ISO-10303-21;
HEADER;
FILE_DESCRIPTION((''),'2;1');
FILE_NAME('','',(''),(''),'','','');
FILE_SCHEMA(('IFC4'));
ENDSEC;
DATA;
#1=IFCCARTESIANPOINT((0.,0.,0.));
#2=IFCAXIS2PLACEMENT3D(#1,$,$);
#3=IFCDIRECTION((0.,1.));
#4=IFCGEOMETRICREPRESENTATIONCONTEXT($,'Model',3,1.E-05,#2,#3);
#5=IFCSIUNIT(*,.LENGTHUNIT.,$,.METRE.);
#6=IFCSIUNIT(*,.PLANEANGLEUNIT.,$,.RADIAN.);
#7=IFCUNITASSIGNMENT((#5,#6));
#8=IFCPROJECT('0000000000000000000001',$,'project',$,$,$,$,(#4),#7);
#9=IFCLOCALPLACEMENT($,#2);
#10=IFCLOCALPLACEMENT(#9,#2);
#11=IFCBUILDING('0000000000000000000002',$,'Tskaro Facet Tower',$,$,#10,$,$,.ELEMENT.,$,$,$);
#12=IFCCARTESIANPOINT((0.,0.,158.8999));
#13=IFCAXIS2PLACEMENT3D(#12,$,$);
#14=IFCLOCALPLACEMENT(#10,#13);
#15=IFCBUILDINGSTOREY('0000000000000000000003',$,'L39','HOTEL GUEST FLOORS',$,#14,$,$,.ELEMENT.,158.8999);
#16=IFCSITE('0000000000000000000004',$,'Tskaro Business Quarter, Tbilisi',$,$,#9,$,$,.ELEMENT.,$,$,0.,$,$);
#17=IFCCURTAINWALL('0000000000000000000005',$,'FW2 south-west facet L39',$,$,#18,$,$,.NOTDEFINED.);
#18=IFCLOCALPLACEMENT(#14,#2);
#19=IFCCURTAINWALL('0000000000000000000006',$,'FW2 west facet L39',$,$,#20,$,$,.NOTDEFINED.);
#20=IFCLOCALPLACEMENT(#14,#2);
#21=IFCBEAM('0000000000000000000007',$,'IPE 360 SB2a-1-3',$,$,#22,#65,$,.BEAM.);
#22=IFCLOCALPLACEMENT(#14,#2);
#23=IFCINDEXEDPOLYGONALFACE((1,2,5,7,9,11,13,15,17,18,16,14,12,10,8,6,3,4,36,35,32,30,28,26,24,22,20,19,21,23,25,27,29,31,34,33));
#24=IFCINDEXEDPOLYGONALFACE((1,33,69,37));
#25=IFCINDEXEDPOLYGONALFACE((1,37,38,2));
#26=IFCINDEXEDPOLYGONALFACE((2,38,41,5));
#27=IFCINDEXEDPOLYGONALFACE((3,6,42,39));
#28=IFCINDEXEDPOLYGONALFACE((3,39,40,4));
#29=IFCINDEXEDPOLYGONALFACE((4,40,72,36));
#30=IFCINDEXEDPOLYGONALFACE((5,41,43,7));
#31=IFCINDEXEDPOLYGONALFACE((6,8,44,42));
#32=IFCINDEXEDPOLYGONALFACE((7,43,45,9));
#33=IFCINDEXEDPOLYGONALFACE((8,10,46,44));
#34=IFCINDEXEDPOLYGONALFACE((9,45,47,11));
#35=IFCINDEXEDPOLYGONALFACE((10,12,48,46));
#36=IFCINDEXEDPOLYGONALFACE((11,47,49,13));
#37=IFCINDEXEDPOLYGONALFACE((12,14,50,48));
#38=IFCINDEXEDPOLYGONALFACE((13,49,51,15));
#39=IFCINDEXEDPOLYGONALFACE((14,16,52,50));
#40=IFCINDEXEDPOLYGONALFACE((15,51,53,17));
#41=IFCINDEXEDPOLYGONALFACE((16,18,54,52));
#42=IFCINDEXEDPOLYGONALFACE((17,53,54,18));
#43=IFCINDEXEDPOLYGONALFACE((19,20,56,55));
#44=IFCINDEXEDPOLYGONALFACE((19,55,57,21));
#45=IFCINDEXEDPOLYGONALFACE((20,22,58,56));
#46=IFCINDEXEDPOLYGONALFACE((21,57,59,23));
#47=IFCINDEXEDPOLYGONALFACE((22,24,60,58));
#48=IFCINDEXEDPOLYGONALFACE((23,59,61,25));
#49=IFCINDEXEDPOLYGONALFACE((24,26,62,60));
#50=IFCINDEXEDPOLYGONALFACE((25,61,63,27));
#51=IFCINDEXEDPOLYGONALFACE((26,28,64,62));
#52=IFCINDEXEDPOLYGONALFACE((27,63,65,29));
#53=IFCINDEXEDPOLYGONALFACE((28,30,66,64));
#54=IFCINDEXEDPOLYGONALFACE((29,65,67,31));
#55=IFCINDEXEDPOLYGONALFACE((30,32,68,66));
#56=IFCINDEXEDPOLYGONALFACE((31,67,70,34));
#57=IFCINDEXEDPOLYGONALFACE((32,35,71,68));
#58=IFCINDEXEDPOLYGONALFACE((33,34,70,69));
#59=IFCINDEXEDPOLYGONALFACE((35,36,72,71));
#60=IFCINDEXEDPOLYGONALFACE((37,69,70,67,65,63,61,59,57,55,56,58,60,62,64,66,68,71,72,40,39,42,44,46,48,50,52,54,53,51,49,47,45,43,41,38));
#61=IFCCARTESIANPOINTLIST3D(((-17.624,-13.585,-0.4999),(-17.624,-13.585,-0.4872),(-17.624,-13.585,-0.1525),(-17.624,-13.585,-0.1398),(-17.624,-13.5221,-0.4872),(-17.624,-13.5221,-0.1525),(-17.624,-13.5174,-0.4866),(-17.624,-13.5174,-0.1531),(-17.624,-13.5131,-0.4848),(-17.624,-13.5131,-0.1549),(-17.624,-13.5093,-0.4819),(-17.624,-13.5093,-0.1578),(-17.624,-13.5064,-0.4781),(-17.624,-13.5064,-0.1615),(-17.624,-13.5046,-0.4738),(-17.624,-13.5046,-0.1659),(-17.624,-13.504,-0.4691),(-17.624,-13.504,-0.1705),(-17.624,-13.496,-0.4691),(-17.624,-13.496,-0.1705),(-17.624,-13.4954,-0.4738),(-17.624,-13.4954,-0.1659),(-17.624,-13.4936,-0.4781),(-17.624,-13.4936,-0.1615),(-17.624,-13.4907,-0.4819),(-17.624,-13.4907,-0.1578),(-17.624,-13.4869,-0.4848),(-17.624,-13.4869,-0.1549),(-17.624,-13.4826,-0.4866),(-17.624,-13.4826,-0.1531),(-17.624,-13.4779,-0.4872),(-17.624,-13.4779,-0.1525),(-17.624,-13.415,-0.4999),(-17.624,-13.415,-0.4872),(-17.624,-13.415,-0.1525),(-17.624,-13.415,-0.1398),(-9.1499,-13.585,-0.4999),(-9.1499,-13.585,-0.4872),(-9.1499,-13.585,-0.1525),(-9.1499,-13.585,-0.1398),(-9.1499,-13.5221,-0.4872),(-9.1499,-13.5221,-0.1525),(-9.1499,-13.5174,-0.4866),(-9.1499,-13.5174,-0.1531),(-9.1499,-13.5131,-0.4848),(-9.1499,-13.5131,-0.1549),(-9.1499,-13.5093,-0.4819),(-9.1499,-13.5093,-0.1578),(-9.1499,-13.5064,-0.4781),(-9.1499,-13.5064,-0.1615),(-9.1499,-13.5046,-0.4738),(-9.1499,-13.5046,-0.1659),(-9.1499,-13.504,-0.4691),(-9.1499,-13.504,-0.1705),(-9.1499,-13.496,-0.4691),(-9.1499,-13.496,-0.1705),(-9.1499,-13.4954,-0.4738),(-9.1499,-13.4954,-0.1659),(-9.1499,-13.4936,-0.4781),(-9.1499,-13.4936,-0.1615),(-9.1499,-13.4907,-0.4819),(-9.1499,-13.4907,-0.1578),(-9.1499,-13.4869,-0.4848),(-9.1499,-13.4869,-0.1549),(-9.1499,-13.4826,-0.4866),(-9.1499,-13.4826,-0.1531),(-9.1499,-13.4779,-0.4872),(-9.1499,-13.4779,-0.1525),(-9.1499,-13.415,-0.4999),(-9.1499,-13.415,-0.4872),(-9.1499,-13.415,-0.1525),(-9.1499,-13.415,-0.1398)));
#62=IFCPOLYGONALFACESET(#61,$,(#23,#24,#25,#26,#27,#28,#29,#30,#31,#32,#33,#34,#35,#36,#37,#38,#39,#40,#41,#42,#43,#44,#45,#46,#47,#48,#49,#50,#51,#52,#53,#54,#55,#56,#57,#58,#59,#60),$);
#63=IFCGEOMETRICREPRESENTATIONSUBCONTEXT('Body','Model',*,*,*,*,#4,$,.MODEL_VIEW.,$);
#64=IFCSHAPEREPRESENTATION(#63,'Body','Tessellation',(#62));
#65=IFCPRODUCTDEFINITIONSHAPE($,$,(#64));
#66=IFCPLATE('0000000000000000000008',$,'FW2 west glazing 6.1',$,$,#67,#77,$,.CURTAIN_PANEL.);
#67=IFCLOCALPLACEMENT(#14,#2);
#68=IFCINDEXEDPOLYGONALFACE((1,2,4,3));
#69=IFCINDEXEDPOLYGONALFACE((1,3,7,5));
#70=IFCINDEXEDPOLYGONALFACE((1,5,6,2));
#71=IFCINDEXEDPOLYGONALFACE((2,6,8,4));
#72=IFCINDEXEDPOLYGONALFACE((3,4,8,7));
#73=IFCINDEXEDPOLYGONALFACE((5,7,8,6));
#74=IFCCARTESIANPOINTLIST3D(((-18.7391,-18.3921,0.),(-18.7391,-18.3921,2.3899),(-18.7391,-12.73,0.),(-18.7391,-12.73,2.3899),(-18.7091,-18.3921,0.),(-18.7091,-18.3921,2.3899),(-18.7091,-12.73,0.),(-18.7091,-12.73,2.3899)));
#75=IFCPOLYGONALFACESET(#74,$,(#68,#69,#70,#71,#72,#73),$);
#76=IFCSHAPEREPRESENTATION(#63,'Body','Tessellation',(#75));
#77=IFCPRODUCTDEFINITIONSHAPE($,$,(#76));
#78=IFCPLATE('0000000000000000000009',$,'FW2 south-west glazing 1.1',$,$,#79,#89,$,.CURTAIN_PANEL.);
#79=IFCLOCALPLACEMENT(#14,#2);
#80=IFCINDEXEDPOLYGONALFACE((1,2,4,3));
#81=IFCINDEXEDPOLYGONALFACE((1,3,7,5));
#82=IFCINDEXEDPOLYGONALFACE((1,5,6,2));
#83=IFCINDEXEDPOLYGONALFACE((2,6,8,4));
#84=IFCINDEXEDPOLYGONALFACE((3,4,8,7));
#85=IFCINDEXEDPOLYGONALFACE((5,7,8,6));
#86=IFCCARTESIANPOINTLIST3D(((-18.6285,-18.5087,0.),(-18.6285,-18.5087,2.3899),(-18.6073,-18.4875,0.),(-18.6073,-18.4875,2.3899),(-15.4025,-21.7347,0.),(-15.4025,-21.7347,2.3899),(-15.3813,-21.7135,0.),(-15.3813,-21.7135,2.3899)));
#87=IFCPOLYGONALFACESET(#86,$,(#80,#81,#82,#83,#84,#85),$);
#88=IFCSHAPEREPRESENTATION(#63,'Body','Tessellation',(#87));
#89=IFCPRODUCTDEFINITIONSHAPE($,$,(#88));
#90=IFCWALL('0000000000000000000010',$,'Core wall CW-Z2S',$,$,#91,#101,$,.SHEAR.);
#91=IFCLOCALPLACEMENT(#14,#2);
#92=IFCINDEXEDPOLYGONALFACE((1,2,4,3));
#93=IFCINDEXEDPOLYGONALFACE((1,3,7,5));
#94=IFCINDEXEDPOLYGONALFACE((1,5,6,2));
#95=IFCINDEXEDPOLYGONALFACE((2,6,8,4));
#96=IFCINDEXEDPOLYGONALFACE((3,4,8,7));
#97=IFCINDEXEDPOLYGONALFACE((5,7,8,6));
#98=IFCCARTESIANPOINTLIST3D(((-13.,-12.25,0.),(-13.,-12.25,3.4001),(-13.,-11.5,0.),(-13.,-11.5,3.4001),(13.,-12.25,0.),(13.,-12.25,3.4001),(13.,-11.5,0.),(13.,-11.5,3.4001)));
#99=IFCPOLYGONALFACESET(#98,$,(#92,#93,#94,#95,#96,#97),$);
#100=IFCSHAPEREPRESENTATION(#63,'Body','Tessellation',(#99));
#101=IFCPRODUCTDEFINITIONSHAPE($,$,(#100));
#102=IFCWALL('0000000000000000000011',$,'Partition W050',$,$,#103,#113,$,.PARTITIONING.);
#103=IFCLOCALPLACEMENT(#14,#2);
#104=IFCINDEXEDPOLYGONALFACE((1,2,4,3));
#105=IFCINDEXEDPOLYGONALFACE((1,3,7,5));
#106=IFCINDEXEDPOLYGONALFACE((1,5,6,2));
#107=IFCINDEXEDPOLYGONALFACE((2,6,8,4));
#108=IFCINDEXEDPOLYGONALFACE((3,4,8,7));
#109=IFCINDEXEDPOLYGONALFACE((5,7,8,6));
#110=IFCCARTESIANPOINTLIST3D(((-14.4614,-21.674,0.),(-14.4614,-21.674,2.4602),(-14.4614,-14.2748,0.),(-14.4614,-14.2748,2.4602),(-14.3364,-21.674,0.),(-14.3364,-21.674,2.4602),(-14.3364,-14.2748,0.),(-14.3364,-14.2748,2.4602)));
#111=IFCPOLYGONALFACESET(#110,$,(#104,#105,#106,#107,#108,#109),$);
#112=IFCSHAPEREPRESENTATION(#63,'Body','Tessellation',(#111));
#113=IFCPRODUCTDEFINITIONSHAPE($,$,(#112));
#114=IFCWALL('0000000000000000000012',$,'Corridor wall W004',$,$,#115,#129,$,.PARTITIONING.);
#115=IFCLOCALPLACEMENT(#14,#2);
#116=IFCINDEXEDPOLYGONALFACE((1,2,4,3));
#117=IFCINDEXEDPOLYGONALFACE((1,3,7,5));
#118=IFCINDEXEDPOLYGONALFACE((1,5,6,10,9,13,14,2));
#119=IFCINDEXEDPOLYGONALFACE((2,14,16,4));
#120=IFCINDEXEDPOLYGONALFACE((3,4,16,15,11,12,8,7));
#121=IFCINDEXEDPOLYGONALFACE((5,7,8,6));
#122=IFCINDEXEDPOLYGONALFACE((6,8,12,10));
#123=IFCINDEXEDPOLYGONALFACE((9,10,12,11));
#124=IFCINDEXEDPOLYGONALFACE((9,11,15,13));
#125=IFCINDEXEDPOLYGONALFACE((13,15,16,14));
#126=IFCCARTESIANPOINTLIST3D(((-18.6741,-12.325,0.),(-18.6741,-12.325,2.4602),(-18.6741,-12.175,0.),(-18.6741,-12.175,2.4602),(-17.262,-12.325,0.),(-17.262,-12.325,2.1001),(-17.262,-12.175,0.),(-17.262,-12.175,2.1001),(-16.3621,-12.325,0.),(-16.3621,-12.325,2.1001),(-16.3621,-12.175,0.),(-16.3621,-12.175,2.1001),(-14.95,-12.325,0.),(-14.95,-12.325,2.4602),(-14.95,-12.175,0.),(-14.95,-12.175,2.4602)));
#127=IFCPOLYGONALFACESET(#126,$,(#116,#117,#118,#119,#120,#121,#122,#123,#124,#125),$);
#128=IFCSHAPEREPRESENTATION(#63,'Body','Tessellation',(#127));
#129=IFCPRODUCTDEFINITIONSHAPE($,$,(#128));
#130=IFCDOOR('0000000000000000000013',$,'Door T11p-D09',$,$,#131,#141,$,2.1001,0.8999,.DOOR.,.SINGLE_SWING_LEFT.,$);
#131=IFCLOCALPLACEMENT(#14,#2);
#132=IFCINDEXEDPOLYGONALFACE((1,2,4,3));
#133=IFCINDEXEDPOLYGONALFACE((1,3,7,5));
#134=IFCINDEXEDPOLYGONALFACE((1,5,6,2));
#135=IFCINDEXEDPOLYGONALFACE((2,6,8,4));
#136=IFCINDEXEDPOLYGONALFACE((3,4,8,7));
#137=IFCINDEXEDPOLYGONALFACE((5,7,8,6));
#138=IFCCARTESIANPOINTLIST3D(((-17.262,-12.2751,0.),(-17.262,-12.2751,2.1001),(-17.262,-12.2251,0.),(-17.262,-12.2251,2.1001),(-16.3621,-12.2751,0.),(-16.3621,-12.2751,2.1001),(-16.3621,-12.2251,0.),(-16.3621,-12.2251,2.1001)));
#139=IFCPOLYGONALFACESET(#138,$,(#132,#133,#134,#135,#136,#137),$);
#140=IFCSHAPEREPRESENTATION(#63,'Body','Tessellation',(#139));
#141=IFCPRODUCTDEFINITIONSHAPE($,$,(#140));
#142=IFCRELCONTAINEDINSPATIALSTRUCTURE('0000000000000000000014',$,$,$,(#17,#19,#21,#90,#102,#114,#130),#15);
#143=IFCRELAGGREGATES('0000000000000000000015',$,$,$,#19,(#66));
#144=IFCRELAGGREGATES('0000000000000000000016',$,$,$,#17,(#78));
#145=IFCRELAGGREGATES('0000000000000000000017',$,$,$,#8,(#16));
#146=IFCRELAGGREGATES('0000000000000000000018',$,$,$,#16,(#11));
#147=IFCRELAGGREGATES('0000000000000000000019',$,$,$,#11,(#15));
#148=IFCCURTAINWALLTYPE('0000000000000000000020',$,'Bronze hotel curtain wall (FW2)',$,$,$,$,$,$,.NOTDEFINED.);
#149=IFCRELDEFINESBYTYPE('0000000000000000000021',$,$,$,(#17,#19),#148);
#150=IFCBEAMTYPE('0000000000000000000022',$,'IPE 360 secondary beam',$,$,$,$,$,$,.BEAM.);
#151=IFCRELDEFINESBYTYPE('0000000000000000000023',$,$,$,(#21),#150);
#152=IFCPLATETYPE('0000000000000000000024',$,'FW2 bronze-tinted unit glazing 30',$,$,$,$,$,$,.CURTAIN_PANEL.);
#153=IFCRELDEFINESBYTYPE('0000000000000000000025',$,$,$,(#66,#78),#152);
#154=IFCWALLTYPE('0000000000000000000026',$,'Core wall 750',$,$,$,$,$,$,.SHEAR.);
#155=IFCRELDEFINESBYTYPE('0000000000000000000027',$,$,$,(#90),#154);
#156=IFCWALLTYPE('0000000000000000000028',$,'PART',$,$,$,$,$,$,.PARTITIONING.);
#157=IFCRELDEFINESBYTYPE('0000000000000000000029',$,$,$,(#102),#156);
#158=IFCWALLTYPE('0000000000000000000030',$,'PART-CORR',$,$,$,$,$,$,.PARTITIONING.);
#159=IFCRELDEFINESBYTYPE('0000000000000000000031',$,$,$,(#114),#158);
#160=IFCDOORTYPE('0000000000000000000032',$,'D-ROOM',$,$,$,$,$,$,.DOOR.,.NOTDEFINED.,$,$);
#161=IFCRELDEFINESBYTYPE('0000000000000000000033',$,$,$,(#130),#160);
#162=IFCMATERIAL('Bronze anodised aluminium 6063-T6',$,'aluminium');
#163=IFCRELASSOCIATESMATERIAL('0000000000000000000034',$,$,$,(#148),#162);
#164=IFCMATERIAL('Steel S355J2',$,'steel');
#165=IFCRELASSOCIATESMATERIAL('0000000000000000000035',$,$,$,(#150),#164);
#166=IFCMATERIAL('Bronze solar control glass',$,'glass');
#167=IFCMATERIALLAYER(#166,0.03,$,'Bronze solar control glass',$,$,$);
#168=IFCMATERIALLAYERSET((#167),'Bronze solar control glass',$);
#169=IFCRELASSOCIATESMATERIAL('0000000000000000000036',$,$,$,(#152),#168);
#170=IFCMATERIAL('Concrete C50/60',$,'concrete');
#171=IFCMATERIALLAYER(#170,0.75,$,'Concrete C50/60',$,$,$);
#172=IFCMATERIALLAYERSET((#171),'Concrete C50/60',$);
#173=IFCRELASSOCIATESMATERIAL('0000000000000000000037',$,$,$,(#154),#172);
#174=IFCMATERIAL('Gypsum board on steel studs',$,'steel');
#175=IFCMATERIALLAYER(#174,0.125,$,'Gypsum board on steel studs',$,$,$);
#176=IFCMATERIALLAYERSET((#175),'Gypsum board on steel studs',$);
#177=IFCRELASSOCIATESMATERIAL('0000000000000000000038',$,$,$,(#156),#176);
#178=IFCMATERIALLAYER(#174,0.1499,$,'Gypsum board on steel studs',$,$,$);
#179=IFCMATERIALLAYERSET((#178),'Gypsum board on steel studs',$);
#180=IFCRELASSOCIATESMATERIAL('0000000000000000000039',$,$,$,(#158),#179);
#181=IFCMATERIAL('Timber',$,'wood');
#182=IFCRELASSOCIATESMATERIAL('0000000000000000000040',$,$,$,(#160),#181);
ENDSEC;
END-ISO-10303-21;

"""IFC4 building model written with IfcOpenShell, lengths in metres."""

from ifc_helpers import new_model, si_unit, direction, frame, frame_2d, origin, origin_2d, place, context, subcontext, project, spatial, rectangle, i_section, extrude, material, layer, layer_set, material_profile, profile_set, type_object, element, fill, aggregate, save


model = new_model("IFC4")

# Units and contexts
model_context = context("Model", 3, precision=1e-05, world=origin(), true_north=direction((0.0, 1.0)))
body_context = subcontext(model_context, "Body", "Model", "MODEL_VIEW")
ifc_project = project(units=[si_unit("LENGTHUNIT", "METRE"), si_unit("PLANEANGLEUNIT", "RADIAN")], contexts=[model_context])

# Site, building, storey
site_placement = place(None, origin())
site = spatial("IfcSite", under=ifc_project, at=site_placement, Name="Tskaro Business Quarter, Tbilisi", CompositionType="ELEMENT", RefElevation=0.0)
building_placement = place(site_placement, origin())
building = spatial("IfcBuilding", under=site, at=building_placement, Name="Tskaro Facet Tower", CompositionType="ELEMENT")
storey_placement = place(building_placement, frame((0.0, 0.0, 158.8999)))
storey = spatial("IfcBuildingStorey", under=building, at=storey_placement, Name="L39", Description="HOTEL GUEST FLOORS", CompositionType="ELEMENT", Elevation=158.8999)

# Curtain walls
ifc_material_1 = material(Name="Bronze anodised aluminium 6063-T6", Category="aluminium")
curtain_wall_type = type_object("IfcCurtainWallType", Name="Bronze hotel curtain wall (FW2)", PredefinedType="NOTDEFINED", material=ifc_material_1)
curtain_wall_1_placement = place(storey_placement, origin())
curtain_wall_1 = element("IfcCurtainWall", 1, at=curtain_wall_1_placement, inside=storey, type_object=curtain_wall_type, Name="FW2 south-west facet L39", PredefinedType="NOTDEFINED")
curtain_wall_2_placement = place(storey_placement, origin())
curtain_wall_2 = element("IfcCurtainWall", 2, at=curtain_wall_2_placement, inside=storey, type_object=curtain_wall_type, Name="FW2 west facet L39", PredefinedType="NOTDEFINED")

# Beam
ifc_material_2 = material(Name="Steel S355J2", Category="steel")
ifc_material_profile_1 = material_profile(ifc_material_2, i_section(OverallWidth=0.1699, OverallDepth=0.3601, WebThickness=0.0081, FlangeThickness=0.0127, FilletRadius=0.0181, at=origin_2d()), Name="IPE 360")
ifc_profile_set_1 = profile_set([ifc_material_profile_1], Name="Steel S355J2")
beam_type_1 = type_object("IfcBeamType", Name="IPE 360 secondary beam", PredefinedType="BEAM", material=ifc_profile_set_1)
beam_1_placement = place(storey_placement, frame((-17.624, -13.5, -0.3198), z_axis=(1.0, 0.0, 0.0), x_axis=(0.0, 1.0, 0.0)))
element("IfcBeam", 3, at=beam_1_placement, inside=storey, type_object=beam_type_1, Name="IPE 360 SB2a-1-3", PredefinedType="BEAM", context=body_context, shape_type="SweptSolid", body=[
    extrude(i_section(OverallWidth=0.1699, OverallDepth=0.3601, WebThickness=0.0081, FlangeThickness=0.0127, FilletRadius=0.0181, at=origin_2d()), origin(), (0.0, 0.0, 1.0), 8.4741),
])

# Plates
ifc_material_3 = material(Name="Bronze solar control glass", Category="glass")
ifc_layer_1 = layer(ifc_material_3, 0.03, Name="Bronze solar control glass")
ifc_layer_set_1 = layer_set([ifc_layer_1], Name="Bronze solar control glass")
plate_type = type_object("IfcPlateType", Name="FW2 bronze-tinted unit glazing 30", PredefinedType="CURTAIN_PANEL", material=ifc_layer_set_1)
plate_1_placement = place(storey_placement, frame((-18.7241, -15.561, 0.0), z_axis=(0.0, 0.0, 1.0), x_axis=(0.0, -1.0, 0.0)))
plate_1 = element("IfcPlate", 4, at=plate_1_placement, type_object=plate_type, Name="FW2 west glazing 6.1", PredefinedType="CURTAIN_PANEL", context=body_context, shape_type="SweptSolid", body=[
    extrude(rectangle(XDim=5.6621, YDim=0.03, at=origin_2d()), origin(), (0.0, 0.0, 1.0), 2.3899),
])
aggregate(curtain_wall_2, [plate_1])
plate_2_placement = place(storey_placement, frame((-17.0049, -20.1111, 0.0), z_axis=(0.0, 0.0, 1.0), x_axis=(0.707107, -0.707107, 0.0)))
plate_2 = element("IfcPlate", 5, at=plate_2_placement, type_object=plate_type, Name="FW2 south-west glazing 1.1", PredefinedType="CURTAIN_PANEL", context=body_context, shape_type="SweptSolid", body=[
    extrude(rectangle(XDim=4.5623, YDim=0.03, at=origin_2d()), origin(), (0.0, 0.0, 1.0), 2.3899),
])
aggregate(curtain_wall_1, [plate_2])

# Walls
ifc_material_4 = material(Name="Concrete C50/60", Category="concrete")
ifc_layer_2 = layer(ifc_material_4, 0.75, Name="Concrete C50/60")
ifc_layer_set_2 = layer_set([ifc_layer_2], Name="Concrete C50/60")
wall_type_1 = type_object("IfcWallType", Name="Core wall 750", PredefinedType="SHEAR", material=ifc_layer_set_2)
wall_1_placement = place(storey_placement, frame((-13.0, -11.875, 0.0), z_axis=(0.0, 0.0, 1.0), x_axis=(1.0, 0.0, 0.0)))
element("IfcWall", 6, at=wall_1_placement, inside=storey, type_object=wall_type_1, Name="Core wall CW-Z2S", PredefinedType="SHEAR", context=body_context, shape_type="SweptSolid", body=[
    extrude(rectangle(XDim=26.0, YDim=0.75, at=frame_2d((13.0, 0.0))), origin(), (0.0, 0.0, 1.0), 3.4001),
])
ifc_material_5 = material(Name="Gypsum board on steel studs", Category="steel")
ifc_layer_3 = layer(ifc_material_5, 0.125, Name="Gypsum board on steel studs")
ifc_layer_set_3 = layer_set([ifc_layer_3], Name="Gypsum board on steel studs")
wall_type_2 = type_object("IfcWallType", Name="PART", PredefinedType="PARTITIONING", material=ifc_layer_set_3)
wall_2_placement = place(storey_placement, frame((-14.3989, -21.6741, 0.0), z_axis=(0.0, 0.0, 1.0), x_axis=(0.0, 1.0, 0.0)))
element("IfcWall", 7, at=wall_2_placement, inside=storey, type_object=wall_type_2, Name="Partition W050", PredefinedType="PARTITIONING", context=body_context, shape_type="SweptSolid", body=[
    extrude(rectangle(XDim=7.3992, YDim=0.125, at=frame_2d((3.6997, 0.0))), origin(), (0.0, 0.0, 1.0), 2.4602),
])

# Wall, opening, door
ifc_layer_4 = layer(ifc_material_5, 0.1499, Name="Gypsum board on steel studs")
ifc_layer_set_4 = layer_set([ifc_layer_4], Name="Gypsum board on steel studs")
wall_type_3 = type_object("IfcWallType", Name="PART-CORR", PredefinedType="PARTITIONING", material=ifc_layer_set_4)
wall_3_placement = place(storey_placement, frame((-18.6741, -12.25, 0.0), z_axis=(0.0, 0.0, 1.0), x_axis=(1.0, 0.0, 0.0)))
wall_3 = element("IfcWall", 8, at=wall_3_placement, inside=storey, type_object=wall_type_3, Name="Corridor wall W004", PredefinedType="PARTITIONING", context=body_context, shape_type="SweptSolid", body=[
    extrude(rectangle(XDim=3.7241, YDim=0.1499, at=frame_2d((1.8621, 0.0))), origin(), (0.0, 0.0, 1.0), 2.4602),
])
opening_1_placement = place(wall_3_placement, frame((1.4121, 0.0, 0.0)))
opening_1 = element("IfcOpeningElement", 9, at=opening_1_placement, cuts=wall_3, PredefinedType="OPENING", context=body_context, shape_type="SweptSolid", body=[
    extrude(rectangle(XDim=0.8999, YDim=2.1001, at=frame_2d((0.45, 1.05))), frame((0.0, 0.085, 0.0), z_axis=(0.0, -1.0, 0.0), x_axis=(1.0, 0.0, 0.0)), (0.0, 0.0, 1.0), 0.1699),
])
ifc_material_6 = material(Name="Timber", Category="wood")
door_type_1 = type_object("IfcDoorType", Name="D-ROOM", OperationType="NOTDEFINED", PredefinedType="DOOR", material=ifc_material_6)
door_1_placement = place(opening_1_placement, origin())
door_1 = element("IfcDoor", 10, at=door_1_placement, inside=storey, type_object=door_type_1, Name="Door T11p-D09", OperationType="SINGLE_SWING_LEFT", OverallHeight=2.1001, OverallWidth=0.8999, PredefinedType="DOOR", context=body_context, shape_type="SweptSolid", body=[
    extrude(rectangle(XDim=0.8999, YDim=2.1001, at=frame_2d((0.45, 1.05))), frame((0.0, 0.0249, 0.0), z_axis=(0.0, -1.0, 0.0), x_axis=(1.0, 0.0, 0.0)), (0.0, 0.0, 1.0), 0.05),
])
fill(opening_1, door_1)

save(model, "model.ifc")
